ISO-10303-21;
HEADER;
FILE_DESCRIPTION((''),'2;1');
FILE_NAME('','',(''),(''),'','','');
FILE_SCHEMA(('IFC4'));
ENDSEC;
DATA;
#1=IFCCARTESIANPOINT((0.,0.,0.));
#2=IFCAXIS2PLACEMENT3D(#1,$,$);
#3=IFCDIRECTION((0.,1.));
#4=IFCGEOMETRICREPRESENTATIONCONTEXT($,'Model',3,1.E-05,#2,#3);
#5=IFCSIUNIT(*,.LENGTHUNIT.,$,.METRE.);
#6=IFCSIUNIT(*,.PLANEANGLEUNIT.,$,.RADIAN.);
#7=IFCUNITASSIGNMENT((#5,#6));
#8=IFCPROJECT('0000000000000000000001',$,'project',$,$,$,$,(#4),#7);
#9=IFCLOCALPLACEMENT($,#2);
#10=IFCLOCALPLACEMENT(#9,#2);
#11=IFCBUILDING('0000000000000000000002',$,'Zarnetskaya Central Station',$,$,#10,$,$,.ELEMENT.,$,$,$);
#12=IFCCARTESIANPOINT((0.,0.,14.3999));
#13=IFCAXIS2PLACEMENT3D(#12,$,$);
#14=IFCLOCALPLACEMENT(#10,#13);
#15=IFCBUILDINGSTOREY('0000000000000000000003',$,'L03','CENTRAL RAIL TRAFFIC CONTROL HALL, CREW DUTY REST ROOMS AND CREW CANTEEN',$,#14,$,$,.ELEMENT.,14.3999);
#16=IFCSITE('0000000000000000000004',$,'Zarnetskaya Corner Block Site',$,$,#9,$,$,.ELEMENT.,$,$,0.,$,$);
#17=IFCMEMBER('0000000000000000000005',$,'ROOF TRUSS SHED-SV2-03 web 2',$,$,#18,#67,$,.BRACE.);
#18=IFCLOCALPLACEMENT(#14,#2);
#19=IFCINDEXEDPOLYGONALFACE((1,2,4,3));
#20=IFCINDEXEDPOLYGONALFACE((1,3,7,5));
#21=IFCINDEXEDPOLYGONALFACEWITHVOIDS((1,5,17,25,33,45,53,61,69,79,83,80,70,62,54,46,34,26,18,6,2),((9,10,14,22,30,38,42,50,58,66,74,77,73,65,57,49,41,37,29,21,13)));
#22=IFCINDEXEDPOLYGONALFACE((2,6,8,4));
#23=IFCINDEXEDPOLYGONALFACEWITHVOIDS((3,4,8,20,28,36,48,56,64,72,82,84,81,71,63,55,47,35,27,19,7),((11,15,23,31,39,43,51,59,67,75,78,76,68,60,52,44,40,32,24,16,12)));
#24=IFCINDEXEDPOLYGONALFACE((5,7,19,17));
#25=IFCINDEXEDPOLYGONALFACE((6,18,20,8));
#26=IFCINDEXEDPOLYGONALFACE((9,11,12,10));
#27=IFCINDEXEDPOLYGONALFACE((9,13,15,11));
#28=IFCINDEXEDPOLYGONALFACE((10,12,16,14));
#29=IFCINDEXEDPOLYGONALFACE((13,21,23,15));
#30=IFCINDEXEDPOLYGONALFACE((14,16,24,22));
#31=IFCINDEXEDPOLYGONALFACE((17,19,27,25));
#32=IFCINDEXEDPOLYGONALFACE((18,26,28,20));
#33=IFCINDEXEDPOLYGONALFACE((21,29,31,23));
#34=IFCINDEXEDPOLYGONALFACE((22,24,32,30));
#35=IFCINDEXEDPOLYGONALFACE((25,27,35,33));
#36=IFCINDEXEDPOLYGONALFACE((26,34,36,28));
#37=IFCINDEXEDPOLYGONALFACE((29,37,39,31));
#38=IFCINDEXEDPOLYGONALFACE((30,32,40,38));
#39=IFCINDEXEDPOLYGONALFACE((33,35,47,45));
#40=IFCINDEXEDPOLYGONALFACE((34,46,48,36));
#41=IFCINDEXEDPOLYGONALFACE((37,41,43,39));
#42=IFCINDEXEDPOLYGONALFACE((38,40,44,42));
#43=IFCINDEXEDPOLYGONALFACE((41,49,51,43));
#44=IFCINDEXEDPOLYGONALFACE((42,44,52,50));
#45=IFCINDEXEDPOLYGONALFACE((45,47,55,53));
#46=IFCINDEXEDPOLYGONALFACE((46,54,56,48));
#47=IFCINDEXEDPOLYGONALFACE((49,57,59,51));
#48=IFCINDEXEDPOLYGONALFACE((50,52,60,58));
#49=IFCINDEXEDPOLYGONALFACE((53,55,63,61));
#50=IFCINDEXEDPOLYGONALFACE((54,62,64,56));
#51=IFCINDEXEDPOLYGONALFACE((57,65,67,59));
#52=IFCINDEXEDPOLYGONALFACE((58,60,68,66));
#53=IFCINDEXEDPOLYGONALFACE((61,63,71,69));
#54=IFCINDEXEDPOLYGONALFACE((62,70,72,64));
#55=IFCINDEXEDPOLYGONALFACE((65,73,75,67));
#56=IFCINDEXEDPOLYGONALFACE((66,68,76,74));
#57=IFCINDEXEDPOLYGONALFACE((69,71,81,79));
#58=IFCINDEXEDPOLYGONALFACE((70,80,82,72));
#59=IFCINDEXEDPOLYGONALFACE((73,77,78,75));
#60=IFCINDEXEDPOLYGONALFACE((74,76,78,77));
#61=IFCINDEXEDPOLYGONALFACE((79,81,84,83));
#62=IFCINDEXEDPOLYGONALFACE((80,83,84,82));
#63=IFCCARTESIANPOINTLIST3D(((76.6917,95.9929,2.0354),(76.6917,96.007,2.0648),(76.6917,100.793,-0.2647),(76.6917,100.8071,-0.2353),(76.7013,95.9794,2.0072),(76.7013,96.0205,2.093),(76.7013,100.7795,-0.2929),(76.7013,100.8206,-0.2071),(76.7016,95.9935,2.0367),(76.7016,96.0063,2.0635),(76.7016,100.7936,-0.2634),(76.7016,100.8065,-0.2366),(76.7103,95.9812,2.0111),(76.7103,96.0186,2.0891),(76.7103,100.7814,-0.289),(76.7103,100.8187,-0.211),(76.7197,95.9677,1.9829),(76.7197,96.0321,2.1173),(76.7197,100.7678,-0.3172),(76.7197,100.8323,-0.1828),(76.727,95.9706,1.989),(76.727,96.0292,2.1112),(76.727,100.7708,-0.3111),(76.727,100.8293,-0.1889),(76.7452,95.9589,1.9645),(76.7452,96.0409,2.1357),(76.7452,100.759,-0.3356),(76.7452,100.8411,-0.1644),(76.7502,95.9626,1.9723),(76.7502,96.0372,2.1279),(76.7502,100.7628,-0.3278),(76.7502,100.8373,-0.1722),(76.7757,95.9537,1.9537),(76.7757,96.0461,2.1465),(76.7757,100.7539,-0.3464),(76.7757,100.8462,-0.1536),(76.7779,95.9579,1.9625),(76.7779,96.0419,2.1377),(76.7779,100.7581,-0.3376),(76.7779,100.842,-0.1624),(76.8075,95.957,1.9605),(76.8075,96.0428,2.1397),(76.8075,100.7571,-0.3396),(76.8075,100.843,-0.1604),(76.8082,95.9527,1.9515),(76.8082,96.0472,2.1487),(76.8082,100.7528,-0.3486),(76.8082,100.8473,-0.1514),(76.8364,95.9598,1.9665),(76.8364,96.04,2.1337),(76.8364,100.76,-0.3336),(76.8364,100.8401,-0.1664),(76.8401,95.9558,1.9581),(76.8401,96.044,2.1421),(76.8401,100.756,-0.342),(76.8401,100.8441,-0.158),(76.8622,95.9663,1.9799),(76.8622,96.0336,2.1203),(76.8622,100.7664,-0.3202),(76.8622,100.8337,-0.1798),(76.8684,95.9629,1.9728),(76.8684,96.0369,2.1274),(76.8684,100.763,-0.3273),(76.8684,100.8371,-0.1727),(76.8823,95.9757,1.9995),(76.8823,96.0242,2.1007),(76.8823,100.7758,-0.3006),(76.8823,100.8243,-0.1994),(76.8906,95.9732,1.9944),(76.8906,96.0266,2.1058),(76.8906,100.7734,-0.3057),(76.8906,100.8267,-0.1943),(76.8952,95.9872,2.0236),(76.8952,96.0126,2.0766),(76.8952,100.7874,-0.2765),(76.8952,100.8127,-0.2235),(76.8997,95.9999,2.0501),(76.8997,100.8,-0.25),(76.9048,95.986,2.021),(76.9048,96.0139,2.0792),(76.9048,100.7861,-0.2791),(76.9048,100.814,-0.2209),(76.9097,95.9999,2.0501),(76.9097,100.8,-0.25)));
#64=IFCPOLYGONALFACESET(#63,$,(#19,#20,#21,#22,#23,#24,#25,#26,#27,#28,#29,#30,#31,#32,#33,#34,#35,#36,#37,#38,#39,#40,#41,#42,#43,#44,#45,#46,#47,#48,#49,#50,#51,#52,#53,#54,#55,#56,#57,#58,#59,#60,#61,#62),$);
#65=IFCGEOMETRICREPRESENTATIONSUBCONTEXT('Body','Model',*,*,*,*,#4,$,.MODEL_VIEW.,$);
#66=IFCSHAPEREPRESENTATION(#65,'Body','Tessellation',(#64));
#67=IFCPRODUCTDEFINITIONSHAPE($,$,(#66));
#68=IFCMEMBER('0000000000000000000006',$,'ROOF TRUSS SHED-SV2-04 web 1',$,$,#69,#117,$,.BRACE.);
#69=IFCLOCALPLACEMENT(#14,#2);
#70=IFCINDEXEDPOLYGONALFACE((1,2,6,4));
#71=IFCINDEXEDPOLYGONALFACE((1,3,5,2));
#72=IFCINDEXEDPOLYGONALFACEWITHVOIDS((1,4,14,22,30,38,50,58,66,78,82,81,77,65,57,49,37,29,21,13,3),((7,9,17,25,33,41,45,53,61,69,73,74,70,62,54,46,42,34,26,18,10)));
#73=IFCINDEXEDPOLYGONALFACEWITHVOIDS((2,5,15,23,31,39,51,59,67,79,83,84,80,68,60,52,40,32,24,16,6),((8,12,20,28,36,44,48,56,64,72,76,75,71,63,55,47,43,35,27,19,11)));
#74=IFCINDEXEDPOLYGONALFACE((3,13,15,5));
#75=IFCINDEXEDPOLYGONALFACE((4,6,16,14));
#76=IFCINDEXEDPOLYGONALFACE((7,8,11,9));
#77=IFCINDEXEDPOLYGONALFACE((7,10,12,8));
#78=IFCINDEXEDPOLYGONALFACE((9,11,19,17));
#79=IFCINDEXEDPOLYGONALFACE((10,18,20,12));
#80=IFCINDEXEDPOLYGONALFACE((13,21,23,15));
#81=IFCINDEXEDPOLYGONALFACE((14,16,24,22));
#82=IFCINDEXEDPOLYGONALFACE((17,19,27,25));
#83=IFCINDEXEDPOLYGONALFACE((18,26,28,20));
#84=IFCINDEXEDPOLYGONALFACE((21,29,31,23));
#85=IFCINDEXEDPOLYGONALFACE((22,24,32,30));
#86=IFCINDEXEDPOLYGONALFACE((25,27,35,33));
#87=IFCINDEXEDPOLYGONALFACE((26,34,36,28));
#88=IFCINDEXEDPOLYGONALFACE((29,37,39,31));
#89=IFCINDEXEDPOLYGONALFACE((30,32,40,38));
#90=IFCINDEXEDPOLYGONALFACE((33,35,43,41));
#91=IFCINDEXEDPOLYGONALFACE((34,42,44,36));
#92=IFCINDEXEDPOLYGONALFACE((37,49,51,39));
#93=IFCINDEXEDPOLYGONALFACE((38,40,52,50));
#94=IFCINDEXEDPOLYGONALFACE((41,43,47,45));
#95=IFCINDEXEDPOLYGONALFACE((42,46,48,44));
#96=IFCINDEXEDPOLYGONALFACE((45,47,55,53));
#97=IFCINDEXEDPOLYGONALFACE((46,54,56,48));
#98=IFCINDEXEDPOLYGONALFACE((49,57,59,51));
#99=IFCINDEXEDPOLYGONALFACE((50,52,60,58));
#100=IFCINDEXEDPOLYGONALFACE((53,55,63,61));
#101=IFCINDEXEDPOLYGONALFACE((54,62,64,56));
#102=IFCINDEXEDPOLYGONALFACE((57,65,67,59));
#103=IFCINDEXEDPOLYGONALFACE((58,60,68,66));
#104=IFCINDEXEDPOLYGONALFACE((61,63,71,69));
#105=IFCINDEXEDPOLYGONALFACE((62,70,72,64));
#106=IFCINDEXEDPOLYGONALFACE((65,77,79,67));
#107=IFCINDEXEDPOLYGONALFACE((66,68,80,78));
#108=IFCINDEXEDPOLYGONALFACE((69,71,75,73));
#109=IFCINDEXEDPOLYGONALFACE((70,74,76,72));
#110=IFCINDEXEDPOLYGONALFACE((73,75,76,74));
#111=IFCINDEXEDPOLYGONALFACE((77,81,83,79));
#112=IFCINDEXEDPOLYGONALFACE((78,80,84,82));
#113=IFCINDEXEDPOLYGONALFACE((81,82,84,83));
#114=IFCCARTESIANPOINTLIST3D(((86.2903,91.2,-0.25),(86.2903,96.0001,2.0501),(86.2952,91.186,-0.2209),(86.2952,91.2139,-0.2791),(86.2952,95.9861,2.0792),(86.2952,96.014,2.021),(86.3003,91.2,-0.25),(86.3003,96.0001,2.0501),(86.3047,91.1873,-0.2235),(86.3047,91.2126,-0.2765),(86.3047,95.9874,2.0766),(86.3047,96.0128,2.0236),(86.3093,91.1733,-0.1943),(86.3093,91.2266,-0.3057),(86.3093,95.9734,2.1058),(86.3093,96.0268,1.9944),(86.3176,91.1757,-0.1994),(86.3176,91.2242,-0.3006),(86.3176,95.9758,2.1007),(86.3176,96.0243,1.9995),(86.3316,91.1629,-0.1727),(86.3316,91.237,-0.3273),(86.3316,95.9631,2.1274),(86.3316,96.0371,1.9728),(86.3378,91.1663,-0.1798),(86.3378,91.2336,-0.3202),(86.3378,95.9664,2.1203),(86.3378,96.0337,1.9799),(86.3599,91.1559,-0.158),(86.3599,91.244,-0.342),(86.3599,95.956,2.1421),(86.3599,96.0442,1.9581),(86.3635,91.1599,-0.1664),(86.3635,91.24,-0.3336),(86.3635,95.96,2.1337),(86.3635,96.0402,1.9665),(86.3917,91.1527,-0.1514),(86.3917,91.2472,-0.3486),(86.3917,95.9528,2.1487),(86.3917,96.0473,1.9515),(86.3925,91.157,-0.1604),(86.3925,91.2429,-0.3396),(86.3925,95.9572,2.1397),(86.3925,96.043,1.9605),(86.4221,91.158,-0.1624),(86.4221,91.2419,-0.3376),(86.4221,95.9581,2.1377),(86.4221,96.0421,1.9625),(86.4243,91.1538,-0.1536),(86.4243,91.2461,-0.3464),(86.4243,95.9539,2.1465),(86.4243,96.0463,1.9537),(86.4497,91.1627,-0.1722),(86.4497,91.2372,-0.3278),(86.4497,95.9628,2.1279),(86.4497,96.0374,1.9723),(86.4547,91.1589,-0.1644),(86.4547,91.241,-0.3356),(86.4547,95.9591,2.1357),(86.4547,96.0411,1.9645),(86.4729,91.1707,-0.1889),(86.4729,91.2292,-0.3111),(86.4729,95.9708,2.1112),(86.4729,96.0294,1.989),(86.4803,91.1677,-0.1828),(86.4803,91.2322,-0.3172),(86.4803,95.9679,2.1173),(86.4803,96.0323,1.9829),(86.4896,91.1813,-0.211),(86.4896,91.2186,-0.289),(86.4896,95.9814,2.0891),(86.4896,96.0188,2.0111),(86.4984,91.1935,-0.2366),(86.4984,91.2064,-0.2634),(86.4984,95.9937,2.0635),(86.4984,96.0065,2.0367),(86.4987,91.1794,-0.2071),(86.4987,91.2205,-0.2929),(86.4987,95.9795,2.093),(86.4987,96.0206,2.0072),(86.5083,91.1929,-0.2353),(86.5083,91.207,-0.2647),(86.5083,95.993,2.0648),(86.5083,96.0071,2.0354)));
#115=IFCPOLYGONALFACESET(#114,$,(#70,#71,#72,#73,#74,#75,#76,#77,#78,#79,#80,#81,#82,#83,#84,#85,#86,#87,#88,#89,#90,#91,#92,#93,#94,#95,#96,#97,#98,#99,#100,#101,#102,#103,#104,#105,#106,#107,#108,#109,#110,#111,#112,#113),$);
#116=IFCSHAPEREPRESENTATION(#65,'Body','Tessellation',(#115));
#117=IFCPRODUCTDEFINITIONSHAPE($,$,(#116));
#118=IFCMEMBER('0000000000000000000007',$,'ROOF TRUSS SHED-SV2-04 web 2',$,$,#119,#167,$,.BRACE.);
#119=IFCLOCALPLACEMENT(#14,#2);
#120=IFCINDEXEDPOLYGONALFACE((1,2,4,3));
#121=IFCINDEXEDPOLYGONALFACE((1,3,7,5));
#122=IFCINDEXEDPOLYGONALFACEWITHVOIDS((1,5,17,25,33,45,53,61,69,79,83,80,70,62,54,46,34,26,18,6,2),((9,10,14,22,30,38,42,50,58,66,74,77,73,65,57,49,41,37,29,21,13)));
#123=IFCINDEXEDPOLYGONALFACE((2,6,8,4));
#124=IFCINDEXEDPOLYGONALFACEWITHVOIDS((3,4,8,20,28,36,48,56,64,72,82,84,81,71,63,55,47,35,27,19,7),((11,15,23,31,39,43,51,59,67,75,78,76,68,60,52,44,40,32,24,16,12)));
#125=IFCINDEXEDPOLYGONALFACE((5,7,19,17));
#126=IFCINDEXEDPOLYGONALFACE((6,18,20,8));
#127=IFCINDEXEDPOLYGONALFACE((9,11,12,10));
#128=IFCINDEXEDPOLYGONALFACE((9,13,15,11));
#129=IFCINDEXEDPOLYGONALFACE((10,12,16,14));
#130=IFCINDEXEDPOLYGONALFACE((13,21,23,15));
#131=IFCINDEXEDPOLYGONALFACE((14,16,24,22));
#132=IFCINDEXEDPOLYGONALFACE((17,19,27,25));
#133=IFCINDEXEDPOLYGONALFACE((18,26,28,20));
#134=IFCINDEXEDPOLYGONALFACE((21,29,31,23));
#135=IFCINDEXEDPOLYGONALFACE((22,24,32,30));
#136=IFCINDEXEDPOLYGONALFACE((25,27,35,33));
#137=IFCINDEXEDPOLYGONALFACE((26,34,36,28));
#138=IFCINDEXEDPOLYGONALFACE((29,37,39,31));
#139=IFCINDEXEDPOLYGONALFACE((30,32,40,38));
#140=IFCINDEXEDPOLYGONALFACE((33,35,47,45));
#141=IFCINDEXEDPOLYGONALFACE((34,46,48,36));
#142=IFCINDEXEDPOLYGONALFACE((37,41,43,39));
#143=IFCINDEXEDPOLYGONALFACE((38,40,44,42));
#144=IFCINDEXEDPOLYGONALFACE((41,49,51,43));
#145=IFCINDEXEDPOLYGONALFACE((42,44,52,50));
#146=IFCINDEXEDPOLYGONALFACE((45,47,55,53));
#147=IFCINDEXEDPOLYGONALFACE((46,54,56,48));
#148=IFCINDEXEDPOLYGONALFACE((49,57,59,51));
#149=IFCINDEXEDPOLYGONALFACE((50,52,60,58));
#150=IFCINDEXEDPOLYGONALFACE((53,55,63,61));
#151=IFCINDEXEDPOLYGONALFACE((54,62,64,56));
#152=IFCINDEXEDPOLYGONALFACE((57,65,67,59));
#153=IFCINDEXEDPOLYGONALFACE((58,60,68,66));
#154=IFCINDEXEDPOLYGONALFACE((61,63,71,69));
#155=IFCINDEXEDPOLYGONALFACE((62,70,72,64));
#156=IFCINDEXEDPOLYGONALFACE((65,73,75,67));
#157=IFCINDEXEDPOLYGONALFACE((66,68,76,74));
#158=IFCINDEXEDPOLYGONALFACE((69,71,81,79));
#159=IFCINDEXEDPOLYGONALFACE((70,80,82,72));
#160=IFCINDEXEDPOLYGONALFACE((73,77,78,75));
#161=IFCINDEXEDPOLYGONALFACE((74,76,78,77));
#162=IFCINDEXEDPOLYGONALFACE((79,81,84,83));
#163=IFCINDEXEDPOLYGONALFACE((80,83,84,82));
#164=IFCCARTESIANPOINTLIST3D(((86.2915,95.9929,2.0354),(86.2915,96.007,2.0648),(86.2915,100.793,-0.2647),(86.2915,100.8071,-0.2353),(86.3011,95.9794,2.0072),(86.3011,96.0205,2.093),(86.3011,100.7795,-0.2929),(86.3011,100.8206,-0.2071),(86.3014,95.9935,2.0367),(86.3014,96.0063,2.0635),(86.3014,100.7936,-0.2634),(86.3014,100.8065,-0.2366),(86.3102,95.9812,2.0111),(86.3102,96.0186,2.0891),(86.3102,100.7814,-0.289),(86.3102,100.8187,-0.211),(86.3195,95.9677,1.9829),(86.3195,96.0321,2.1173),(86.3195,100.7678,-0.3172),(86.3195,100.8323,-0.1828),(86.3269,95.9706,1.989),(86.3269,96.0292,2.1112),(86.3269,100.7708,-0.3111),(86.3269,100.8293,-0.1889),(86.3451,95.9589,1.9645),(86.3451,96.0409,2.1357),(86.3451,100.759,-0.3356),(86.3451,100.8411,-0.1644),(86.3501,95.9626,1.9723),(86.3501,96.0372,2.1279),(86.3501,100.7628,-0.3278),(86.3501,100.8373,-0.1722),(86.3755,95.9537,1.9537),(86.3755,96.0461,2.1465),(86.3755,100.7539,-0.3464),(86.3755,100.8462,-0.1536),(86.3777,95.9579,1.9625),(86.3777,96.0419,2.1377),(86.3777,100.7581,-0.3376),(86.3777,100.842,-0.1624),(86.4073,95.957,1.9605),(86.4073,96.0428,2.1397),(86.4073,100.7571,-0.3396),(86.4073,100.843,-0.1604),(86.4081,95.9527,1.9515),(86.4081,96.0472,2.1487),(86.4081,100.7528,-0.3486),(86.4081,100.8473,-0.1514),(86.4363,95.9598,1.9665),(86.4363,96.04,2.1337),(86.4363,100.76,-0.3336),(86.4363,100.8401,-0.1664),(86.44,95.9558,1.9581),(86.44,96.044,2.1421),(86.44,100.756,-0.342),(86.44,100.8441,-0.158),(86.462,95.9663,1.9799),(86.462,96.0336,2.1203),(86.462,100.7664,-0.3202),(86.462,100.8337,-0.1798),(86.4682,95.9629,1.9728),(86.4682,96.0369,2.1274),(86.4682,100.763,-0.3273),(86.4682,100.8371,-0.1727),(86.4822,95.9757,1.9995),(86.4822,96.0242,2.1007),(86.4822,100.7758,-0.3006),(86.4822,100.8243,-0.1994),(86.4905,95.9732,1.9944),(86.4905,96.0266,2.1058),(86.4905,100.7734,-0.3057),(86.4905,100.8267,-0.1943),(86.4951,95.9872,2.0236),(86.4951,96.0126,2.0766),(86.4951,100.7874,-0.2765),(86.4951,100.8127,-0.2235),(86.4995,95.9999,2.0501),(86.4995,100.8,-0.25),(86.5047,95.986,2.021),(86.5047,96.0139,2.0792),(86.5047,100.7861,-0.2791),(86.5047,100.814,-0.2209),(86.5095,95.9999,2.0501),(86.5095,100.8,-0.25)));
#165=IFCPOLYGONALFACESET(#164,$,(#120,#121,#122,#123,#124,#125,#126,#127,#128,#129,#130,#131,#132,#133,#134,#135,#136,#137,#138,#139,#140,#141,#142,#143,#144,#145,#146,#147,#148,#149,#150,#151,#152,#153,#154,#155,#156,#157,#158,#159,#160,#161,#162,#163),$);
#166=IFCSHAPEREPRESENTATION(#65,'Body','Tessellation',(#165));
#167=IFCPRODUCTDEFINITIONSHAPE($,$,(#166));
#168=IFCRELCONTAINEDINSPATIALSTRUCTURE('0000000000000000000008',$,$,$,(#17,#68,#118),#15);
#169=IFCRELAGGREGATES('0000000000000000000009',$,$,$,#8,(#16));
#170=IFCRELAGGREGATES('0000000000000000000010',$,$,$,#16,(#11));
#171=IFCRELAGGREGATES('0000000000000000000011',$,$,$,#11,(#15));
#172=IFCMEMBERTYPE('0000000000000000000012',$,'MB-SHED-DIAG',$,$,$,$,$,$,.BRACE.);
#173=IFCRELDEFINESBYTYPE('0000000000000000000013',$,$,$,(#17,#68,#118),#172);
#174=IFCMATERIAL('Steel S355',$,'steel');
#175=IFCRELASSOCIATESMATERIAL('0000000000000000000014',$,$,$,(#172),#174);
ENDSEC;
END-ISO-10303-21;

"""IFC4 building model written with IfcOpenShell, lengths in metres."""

from ifc_helpers import new_model, si_unit, direction, frame, origin, origin_2d, place, context, subcontext, project, spatial, hollow_circle, extrude, material, material_profile, profile_set, type_object, element, save


model = new_model("IFC4")

# Units and contexts
model_context = context("Model", 3, precision=1e-05, world=origin(), true_north=direction((0.0, 1.0)))
body_context = subcontext(model_context, "Body", "Model", "MODEL_VIEW")
ifc_project = project(units=[si_unit("LENGTHUNIT", "METRE"), si_unit("PLANEANGLEUNIT", "RADIAN")], contexts=[model_context])

# Site, building, storey
site_placement = place(None, origin())
site = spatial("IfcSite", under=ifc_project, at=site_placement, Name="Zarnetskaya Corner Block Site", CompositionType="ELEMENT", RefElevation=0.0)
building_placement = place(site_placement, origin())
building = spatial("IfcBuilding", under=site, at=building_placement, Name="Zarnetskaya Central Station", CompositionType="ELEMENT")
storey_placement = place(building_placement, frame((0.0, 0.0, 14.3999)))
storey = spatial("IfcBuildingStorey", under=building, at=storey_placement, Name="L03", Description="CENTRAL RAIL TRAFFIC CONTROL HALL, CREW DUTY REST ROOMS AND CREW CANTEEN", CompositionType="ELEMENT", Elevation=14.3999)

# Shared definitions
ifc_material_1 = material(Name="Steel S355", Category="steel")

# Members
ifc_material_profile_1 = material_profile(ifc_material_1, hollow_circle(Radius=0.1096, WallThickness=0.01, at=origin_2d()), Name="CHS 219.1x10")
ifc_profile_set_1 = profile_set([ifc_material_profile_1], Name="Steel S355")
member_type_1 = type_object("IfcMemberType", Name="MB-SHED-DIAG", PredefinedType="BRACE", material=ifc_profile_set_1)
for number, where, z_axis, x_axis, name in (
    (1, (76.8, 100.8, -0.25), (0.0, -0.901814, 0.432124), (1.0, 0.0, 0.0), "ROOF TRUSS SHED-SV2-03 web 2"),
    (2, (86.3999, 91.2, -0.25), (0.0, 0.901814, 0.432124), (-1.0, 0.0, 0.0), "ROOF TRUSS SHED-SV2-04 web 1"),
    (3, (86.3999, 100.8, -0.25), (0.0, -0.901814, 0.432124), (1.0, 0.0, 0.0), "ROOF TRUSS SHED-SV2-04 web 2"),
):
    element("IfcMember", number, at=place(storey_placement, frame(where, z_axis=z_axis, x_axis=x_axis)), inside=storey, type_object=member_type_1, Name=name, PredefinedType="BRACE", context=body_context, shape_type="SweptSolid", body=[
        extrude(hollow_circle(Radius=0.1096, WallThickness=0.01, at=origin_2d()), origin(), (0.0, 0.0, 1.0), 5.3228),
    ])

save(model, "model.ifc")
